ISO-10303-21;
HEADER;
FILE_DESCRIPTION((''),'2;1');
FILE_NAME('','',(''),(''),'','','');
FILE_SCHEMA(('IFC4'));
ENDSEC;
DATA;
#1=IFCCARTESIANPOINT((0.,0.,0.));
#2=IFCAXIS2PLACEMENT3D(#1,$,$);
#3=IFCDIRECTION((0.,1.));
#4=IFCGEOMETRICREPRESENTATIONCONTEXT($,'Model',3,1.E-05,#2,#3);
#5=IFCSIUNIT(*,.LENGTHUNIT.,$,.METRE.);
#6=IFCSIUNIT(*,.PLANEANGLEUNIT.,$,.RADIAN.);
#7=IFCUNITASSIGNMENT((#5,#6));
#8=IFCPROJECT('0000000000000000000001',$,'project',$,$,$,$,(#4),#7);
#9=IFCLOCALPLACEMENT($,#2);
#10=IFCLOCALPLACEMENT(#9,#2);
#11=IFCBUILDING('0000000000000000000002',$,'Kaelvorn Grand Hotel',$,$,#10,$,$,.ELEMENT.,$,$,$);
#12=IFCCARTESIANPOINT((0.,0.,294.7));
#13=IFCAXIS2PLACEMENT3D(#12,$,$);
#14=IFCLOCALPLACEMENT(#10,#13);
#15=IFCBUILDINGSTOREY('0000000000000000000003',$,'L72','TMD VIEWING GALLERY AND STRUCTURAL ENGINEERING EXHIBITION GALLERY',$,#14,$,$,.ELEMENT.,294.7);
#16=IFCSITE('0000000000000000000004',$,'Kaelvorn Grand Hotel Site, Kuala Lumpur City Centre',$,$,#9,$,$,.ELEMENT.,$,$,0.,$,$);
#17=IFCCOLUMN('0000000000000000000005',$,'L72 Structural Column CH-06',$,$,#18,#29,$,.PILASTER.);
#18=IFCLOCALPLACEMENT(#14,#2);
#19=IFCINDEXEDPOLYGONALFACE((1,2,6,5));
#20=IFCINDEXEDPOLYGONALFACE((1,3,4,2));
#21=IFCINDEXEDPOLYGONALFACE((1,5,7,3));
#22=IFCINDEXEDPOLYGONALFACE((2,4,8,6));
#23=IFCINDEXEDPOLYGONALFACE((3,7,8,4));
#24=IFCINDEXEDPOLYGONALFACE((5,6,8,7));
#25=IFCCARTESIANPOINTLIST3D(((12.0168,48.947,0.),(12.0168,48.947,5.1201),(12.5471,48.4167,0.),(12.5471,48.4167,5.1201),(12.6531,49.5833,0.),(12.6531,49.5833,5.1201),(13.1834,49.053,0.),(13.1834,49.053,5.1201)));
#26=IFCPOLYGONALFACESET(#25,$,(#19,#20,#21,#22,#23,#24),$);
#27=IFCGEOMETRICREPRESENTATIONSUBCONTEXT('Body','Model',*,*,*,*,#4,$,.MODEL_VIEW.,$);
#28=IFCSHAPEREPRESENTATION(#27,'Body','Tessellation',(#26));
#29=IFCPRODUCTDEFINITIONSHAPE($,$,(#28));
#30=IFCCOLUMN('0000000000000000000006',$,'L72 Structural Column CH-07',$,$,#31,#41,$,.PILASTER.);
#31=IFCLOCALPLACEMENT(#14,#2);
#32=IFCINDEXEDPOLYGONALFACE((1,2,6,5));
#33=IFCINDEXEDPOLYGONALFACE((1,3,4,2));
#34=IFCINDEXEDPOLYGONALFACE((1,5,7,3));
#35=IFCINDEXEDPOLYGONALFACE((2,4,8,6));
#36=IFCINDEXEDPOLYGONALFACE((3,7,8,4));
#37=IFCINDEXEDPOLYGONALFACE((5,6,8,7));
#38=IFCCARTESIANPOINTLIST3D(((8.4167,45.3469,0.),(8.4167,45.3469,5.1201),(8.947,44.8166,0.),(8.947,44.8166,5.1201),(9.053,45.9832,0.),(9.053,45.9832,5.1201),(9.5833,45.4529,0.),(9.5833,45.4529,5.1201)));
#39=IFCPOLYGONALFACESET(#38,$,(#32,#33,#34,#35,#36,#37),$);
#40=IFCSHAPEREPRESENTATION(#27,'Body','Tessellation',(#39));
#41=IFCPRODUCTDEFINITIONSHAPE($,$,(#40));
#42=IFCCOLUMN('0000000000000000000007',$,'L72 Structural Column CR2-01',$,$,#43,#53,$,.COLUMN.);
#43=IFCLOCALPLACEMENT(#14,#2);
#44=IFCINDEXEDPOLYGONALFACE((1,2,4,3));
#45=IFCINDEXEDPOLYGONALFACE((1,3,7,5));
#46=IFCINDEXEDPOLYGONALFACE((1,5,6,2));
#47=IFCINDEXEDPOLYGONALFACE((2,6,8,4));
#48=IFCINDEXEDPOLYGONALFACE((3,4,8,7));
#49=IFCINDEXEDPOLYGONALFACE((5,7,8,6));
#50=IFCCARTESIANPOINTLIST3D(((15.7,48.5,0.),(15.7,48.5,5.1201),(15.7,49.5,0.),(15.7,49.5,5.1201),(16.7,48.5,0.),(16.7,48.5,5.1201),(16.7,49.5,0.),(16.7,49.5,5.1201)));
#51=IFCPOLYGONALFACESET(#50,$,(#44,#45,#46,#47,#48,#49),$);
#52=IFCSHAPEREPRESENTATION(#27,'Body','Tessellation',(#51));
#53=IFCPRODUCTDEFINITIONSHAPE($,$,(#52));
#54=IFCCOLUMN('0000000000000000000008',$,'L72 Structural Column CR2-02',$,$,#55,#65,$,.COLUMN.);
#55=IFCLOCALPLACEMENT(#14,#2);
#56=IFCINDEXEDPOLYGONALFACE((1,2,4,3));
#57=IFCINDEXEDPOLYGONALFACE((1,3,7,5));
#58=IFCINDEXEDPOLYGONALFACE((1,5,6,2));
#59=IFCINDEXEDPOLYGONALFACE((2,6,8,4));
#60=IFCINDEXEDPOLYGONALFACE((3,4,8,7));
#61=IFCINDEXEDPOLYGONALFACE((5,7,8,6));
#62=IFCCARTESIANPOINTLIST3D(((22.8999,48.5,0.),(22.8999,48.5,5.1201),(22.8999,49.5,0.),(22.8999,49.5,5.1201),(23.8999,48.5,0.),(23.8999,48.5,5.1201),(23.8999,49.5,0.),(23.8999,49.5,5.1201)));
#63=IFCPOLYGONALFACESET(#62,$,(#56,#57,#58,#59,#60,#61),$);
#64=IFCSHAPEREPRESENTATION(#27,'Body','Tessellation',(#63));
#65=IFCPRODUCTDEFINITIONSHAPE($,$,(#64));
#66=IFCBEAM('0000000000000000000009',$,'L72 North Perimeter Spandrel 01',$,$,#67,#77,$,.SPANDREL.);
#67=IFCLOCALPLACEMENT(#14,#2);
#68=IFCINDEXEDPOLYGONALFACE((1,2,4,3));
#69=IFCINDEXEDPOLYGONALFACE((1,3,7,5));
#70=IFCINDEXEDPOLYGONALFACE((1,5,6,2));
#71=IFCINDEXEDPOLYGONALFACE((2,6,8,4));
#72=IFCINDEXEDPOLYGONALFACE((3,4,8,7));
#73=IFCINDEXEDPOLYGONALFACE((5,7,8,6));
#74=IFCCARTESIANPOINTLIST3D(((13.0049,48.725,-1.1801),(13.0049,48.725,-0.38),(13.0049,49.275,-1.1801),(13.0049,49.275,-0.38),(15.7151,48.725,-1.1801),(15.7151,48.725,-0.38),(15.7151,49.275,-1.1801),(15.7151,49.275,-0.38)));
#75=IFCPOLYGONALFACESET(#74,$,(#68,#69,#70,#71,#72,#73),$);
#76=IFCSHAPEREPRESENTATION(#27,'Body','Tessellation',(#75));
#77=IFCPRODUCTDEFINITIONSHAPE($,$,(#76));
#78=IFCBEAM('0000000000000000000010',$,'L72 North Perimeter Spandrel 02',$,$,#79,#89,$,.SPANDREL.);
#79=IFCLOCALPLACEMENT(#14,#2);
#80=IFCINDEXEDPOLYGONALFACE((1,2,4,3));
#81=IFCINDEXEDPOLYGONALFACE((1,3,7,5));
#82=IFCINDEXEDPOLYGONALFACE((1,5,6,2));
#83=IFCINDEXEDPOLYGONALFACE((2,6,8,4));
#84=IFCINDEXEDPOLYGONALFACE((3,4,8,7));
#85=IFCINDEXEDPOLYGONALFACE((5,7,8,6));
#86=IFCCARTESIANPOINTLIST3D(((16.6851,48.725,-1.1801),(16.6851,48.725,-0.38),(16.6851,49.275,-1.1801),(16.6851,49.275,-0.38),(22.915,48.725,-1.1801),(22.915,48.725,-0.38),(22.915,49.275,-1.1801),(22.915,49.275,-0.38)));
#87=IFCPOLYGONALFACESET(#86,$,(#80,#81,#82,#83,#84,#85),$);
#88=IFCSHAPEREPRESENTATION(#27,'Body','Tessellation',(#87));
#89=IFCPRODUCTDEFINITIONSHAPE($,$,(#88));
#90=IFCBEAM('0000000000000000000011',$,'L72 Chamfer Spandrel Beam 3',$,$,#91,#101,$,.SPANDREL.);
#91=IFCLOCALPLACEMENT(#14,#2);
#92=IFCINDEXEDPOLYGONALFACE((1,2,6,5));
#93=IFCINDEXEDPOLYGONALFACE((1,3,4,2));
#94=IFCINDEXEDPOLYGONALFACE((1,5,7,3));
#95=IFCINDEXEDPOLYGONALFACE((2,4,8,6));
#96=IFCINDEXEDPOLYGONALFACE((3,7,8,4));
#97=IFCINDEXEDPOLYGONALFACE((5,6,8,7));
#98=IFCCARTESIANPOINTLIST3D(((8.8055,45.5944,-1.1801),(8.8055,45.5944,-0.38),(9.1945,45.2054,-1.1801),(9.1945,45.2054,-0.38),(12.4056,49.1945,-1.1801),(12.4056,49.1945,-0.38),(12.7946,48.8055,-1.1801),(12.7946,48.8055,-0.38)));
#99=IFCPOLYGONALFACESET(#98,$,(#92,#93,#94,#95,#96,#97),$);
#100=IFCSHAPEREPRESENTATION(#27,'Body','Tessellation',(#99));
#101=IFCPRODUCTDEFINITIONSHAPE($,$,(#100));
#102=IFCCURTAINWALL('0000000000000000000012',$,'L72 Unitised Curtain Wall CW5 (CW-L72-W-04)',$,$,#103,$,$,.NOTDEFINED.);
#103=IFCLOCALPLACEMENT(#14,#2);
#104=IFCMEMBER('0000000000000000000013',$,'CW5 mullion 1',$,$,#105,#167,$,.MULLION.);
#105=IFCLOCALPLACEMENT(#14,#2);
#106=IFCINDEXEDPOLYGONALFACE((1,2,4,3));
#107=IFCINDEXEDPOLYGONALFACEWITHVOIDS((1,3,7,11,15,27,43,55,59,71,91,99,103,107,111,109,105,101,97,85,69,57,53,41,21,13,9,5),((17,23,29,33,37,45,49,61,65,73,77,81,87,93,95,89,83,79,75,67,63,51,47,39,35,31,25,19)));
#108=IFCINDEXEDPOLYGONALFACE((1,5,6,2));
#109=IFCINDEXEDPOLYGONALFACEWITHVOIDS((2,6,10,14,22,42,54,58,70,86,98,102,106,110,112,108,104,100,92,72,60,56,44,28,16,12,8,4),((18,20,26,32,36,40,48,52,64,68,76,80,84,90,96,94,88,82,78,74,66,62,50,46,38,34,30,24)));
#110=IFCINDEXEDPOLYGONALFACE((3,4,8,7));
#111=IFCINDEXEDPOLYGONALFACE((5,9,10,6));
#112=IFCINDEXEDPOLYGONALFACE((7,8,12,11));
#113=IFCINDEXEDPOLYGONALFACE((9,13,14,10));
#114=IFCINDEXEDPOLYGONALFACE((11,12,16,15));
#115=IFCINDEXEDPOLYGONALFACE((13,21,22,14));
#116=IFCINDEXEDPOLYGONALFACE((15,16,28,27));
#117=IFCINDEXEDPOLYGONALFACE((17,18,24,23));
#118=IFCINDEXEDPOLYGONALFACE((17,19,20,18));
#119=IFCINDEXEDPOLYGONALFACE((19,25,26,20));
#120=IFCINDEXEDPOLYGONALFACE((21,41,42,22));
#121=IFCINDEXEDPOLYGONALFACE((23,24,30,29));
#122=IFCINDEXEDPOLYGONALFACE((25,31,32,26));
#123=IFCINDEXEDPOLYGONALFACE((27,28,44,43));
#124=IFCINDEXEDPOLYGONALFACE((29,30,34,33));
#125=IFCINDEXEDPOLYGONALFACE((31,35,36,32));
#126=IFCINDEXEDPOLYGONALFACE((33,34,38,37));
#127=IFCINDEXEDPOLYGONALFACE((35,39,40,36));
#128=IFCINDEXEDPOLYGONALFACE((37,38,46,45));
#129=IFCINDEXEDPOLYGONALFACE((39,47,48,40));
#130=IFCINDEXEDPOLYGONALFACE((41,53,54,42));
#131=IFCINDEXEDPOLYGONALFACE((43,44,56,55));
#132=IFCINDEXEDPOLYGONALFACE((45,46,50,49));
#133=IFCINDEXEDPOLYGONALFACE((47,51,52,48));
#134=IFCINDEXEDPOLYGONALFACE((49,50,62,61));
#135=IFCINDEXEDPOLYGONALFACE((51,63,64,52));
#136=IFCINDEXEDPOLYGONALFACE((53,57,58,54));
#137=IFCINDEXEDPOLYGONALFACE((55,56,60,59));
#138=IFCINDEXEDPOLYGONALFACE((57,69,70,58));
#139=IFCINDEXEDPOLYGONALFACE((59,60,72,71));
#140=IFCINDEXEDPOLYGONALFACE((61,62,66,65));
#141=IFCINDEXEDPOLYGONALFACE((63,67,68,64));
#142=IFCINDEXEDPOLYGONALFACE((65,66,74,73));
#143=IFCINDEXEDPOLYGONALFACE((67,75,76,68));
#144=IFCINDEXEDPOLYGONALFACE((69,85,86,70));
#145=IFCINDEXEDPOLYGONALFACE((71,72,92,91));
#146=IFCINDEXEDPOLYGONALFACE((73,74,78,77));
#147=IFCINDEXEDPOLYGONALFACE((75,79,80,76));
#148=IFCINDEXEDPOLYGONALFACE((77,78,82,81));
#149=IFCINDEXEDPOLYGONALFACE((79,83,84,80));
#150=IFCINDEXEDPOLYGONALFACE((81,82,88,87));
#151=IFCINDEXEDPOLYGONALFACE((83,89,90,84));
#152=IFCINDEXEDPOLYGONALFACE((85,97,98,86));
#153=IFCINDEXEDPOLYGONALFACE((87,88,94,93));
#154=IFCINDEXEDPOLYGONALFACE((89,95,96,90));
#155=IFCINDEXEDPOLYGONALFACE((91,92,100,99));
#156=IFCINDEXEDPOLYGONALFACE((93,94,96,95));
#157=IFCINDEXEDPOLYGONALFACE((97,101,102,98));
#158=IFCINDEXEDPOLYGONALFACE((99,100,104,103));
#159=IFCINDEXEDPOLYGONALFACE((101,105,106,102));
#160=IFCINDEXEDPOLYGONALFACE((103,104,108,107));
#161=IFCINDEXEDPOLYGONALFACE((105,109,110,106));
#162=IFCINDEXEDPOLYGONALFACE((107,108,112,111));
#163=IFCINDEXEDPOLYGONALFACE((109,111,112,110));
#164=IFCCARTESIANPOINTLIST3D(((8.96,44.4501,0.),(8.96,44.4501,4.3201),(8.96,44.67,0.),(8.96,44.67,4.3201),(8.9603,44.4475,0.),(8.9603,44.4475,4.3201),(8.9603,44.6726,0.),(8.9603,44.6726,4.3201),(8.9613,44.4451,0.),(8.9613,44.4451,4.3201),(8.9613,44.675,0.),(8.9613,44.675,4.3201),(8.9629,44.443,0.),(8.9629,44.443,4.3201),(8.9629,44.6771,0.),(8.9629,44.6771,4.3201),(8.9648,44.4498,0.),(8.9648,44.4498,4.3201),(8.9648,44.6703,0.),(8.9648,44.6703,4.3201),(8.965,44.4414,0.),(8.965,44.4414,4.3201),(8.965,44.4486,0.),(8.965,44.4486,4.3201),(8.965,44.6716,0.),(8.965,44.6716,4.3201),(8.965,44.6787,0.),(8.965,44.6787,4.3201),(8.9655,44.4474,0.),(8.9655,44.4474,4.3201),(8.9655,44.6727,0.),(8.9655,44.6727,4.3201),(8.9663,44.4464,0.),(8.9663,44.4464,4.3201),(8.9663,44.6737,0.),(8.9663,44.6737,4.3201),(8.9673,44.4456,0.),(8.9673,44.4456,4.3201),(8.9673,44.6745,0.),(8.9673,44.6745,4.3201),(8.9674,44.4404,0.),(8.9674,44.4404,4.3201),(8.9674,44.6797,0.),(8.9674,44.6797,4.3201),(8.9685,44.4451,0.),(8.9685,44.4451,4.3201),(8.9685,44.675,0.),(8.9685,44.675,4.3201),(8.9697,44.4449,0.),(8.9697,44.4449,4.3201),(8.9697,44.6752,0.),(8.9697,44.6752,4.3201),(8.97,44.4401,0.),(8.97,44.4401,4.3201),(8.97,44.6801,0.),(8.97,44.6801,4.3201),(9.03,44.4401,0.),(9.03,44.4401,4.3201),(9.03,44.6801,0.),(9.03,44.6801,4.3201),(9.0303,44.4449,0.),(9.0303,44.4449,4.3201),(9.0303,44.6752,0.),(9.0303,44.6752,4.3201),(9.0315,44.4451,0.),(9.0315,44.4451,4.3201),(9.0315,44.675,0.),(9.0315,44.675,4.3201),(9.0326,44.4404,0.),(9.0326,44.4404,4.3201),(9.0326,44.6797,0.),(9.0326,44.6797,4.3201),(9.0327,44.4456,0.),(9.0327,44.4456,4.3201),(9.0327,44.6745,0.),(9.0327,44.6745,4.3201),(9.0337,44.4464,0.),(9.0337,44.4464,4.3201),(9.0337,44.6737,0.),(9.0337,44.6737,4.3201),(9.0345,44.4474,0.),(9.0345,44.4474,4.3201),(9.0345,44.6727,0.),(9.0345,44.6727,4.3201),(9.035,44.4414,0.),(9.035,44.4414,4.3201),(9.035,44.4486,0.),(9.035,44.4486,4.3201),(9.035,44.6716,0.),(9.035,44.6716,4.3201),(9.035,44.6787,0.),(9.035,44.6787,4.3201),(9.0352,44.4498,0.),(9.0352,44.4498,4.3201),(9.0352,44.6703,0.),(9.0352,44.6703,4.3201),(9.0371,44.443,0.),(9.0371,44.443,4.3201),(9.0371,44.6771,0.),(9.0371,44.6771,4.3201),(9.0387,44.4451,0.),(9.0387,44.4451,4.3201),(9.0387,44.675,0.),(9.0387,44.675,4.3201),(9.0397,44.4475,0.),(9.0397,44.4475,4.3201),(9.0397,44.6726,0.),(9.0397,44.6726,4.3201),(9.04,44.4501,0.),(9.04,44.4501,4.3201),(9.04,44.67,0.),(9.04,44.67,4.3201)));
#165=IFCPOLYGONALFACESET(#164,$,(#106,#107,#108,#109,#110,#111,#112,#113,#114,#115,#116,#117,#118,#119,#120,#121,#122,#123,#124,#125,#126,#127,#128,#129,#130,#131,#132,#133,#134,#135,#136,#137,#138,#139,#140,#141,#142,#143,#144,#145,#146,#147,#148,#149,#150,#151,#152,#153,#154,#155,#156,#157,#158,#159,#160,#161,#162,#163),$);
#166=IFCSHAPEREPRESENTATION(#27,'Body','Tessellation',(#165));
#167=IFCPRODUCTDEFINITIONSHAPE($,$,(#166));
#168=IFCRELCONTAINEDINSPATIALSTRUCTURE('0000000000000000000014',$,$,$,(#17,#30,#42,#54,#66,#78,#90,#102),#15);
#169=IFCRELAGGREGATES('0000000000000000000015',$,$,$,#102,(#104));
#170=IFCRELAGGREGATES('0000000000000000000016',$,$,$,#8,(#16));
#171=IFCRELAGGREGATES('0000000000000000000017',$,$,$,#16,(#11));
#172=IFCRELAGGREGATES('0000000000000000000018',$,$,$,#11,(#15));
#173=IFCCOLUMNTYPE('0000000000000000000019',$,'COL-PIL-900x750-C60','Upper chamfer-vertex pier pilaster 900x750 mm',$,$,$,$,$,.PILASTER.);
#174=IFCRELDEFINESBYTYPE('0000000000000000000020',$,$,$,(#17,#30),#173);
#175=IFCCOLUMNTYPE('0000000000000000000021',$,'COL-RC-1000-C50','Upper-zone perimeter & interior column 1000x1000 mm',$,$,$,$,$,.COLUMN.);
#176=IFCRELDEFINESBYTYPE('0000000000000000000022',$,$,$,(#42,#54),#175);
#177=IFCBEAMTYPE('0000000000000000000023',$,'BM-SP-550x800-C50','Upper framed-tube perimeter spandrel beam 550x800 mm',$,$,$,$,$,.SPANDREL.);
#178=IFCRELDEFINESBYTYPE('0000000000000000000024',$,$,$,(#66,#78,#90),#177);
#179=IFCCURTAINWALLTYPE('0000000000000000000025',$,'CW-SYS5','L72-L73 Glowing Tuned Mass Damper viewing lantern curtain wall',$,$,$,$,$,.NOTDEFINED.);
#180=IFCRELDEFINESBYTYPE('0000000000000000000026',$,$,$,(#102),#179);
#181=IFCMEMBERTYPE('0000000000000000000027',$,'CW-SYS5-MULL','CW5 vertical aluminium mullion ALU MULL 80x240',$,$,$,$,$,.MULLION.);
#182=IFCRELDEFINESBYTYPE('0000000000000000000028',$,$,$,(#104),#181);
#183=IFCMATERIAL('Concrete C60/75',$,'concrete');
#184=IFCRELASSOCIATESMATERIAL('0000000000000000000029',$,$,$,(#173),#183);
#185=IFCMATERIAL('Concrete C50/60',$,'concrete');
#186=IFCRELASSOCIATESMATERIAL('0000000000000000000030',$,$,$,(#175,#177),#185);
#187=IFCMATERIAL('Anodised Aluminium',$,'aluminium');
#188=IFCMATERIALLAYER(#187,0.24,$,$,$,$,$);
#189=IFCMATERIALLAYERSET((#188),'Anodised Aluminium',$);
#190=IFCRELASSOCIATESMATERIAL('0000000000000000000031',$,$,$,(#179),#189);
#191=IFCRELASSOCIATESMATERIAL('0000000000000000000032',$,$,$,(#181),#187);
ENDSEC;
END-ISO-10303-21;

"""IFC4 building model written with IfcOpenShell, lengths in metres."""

from ifc_helpers import new_model, si_unit, direction, frame, origin, origin_2d, place, context, subcontext, project, spatial, rectangle, hollow_rectangle, extrude, material, layer, layer_set, material_profile, profile_set, type_object, element, aggregate, save


model = new_model("IFC4")

# Units and contexts
model_context = context("Model", 3, precision=1e-05, world=origin(), true_north=direction((0.0, 1.0)))
body_context = subcontext(model_context, "Body", "Model", "MODEL_VIEW")
ifc_project = project(units=[si_unit("LENGTHUNIT", "METRE"), si_unit("PLANEANGLEUNIT", "RADIAN")], contexts=[model_context])

# Site, building, storey
site_placement = place(None, origin())
site = spatial("IfcSite", under=ifc_project, at=site_placement, Name="Kaelvorn Grand Hotel Site, Kuala Lumpur City Centre", CompositionType="ELEMENT", RefElevation=0.0)
building_placement = place(site_placement, origin())
building = spatial("IfcBuilding", under=site, at=building_placement, Name="Kaelvorn Grand Hotel", CompositionType="ELEMENT")
storey_placement = place(building_placement, frame((0.0, 0.0, 294.7)))
storey = spatial("IfcBuildingStorey", under=building, at=storey_placement, Name="L72", Description="TMD VIEWING GALLERY AND STRUCTURAL ENGINEERING EXHIBITION GALLERY", CompositionType="ELEMENT", Elevation=294.7)

# Columns
ifc_material_1 = material(Name="Concrete C60/75", Category="concrete")
ifc_material_profile_1 = material_profile(ifc_material_1, rectangle(XDim=0.8999, YDim=0.75, at=origin_2d()), Name="RC PILASTER 900x750")
ifc_profile_set_1 = profile_set([ifc_material_profile_1], Name="Concrete C60/75")
column_type_1 = type_object("IfcColumnType", Name="COL-PIL-900x750-C60", Description="Upper chamfer-vertex pier pilaster 900x750 mm", PredefinedType="PILASTER", material=ifc_profile_set_1)
for number, where, z_axis, x_axis, name in (
    (1, (12.6001, 49.0, 0.0), (0.0, 0.0, 1.0), (0.707107, 0.707107, 0.0), "L72 Structural Column CH-06"),
    (2, (9.0, 45.3999, 0.0), (0.0, 0.0, 1.0), (0.707107, 0.707107, 0.0), "L72 Structural Column CH-07"),
):
    element("IfcColumn", number, at=place(storey_placement, frame(where, z_axis=z_axis, x_axis=x_axis)), inside=storey, type_object=column_type_1, Name=name, PredefinedType="PILASTER", context=body_context, shape_type="SweptSolid", body=[
        extrude(rectangle(XDim=0.8999, YDim=0.75, at=origin_2d()), origin(), (0.0, 0.0, 1.0), 5.1201),
    ])
ifc_material_2 = material(Name="Concrete C50/60", Category="concrete")
ifc_material_profile_2 = material_profile(ifc_material_2, rectangle(XDim=1.0, YDim=1.0, at=origin_2d()), Name="RC COL 1000x1000")
ifc_profile_set_2 = profile_set([ifc_material_profile_2], Name="Concrete C50/60")
column_type_2 = type_object("IfcColumnType", Name="COL-RC-1000-C50", Description="Upper-zone perimeter & interior column 1000x1000 mm", PredefinedType="COLUMN", material=ifc_profile_set_2)
for number, where, z_axis, x_axis, name in (
    (3, (16.2, 49.0, 0.0), (0.0, 0.0, 1.0), (1.0, 0.0, 0.0), "L72 Structural Column CR2-01"),
    (4, (23.3999, 49.0, 0.0), (0.0, 0.0, 1.0), (1.0, 0.0, 0.0), "L72 Structural Column CR2-02"),
):
    element("IfcColumn", number, at=place(storey_placement, frame(where, z_axis=z_axis, x_axis=x_axis)), inside=storey, type_object=column_type_2, Name=name, PredefinedType="COLUMN", context=body_context, shape_type="SweptSolid", body=[
        extrude(rectangle(XDim=1.0, YDim=1.0, at=origin_2d()), origin(), (0.0, 0.0, 1.0), 5.1201),
    ])

# Beams
ifc_material_profile_3 = material_profile(ifc_material_2, rectangle(XDim=0.55, YDim=0.8, at=origin_2d()), Name="RC SPANDREL 550x800")
ifc_profile_set_3 = profile_set([ifc_material_profile_3], Name="Concrete C50/60")
beam_type = type_object("IfcBeamType", Name="BM-SP-550x800-C50", Description="Upper framed-tube perimeter spandrel beam 550x800 mm", PredefinedType="SPANDREL", material=ifc_profile_set_3)
beam_1_placement = place(storey_placement, frame((13.0049, 49.0, -0.78), z_axis=(1.0, 0.0, 0.0), x_axis=(0.0, 1.0, 0.0)))
element("IfcBeam", 5, at=beam_1_placement, inside=storey, type_object=beam_type, Name="L72 North Perimeter Spandrel 01", PredefinedType="SPANDREL", context=body_context, shape_type="SweptSolid", body=[
    extrude(rectangle(XDim=0.55, YDim=0.8, at=origin_2d()), origin(), (0.0, 0.0, 1.0), 2.7102),
])
beam_2_placement = place(storey_placement, frame((16.6851, 49.0, -0.78), z_axis=(1.0, 0.0, 0.0), x_axis=(0.0, 1.0, 0.0)))
element("IfcBeam", 6, at=beam_2_placement, inside=storey, type_object=beam_type, Name="L72 North Perimeter Spandrel 02", PredefinedType="SPANDREL", context=body_context, shape_type="SweptSolid", body=[
    extrude(rectangle(XDim=0.55, YDim=0.8, at=origin_2d()), origin(), (0.0, 0.0, 1.0), 6.23),
])
beam_3_placement = place(storey_placement, frame((12.6001, 49.0, -0.78), z_axis=(-0.707107, -0.707107, 0.0), x_axis=(0.707107, -0.707107, 0.0)))
element("IfcBeam", 7, at=beam_3_placement, inside=storey, type_object=beam_type, Name="L72 Chamfer Spandrel Beam 3", PredefinedType="SPANDREL", context=body_context, shape_type="SweptSolid", body=[
    extrude(rectangle(XDim=0.55, YDim=0.8, at=origin_2d()), origin(), (0.0, 0.0, 1.0), 5.0913),
])

# Curtain wall, member
ifc_material_3 = material(Name="Anodised Aluminium", Category="aluminium")
ifc_layer_1 = layer(ifc_material_3, 0.24)
ifc_layer_set_1 = layer_set([ifc_layer_1], Name="Anodised Aluminium")
curtain_wall_type = type_object("IfcCurtainWallType", Name="CW-SYS5", Description="L72-L73 Glowing Tuned Mass Damper viewing lantern curtain wall", PredefinedType="NOTDEFINED", material=ifc_layer_set_1)
curtain_wall_placement = place(storey_placement, origin())
curtain_wall = element("IfcCurtainWall", 8, at=curtain_wall_placement, inside=storey, type_object=curtain_wall_type, Name="L72 Unitised Curtain Wall CW5 (CW-L72-W-04)", PredefinedType="NOTDEFINED")
ifc_material_profile_4 = material_profile(ifc_material_3, hollow_rectangle(XDim=0.0801, YDim=0.24, WallThickness=0.0049, InnerFilletRadius=0.0049, OuterFilletRadius=0.01, at=origin_2d()), Name="ALU MULL 80x240")
ifc_profile_set_4 = profile_set([ifc_material_profile_4], Name="Anodised Aluminium")
member_type_1 = type_object("IfcMemberType", Name="CW-SYS5-MULL", Description="CW5 vertical aluminium mullion ALU MULL 80x240", PredefinedType="MULLION", material=ifc_profile_set_4)
member_1_placement = place(storey_placement, frame((9.0, 44.5601, 0.0), z_axis=(0.0, 0.0, 1.0), x_axis=(1.0, 0.0, 0.0)))
member_1 = element("IfcMember", 9, at=member_1_placement, type_object=member_type_1, Name="CW5 mullion 1", PredefinedType="MULLION", context=body_context, shape_type="SweptSolid", body=[
    extrude(hollow_rectangle(XDim=0.0801, YDim=0.24, WallThickness=0.0049, InnerFilletRadius=0.0049, OuterFilletRadius=0.01, at=origin_2d()), origin(), (0.0, 0.0, 1.0), 4.3201),
])
aggregate(curtain_wall, [member_1])

save(model, "model.ifc")
